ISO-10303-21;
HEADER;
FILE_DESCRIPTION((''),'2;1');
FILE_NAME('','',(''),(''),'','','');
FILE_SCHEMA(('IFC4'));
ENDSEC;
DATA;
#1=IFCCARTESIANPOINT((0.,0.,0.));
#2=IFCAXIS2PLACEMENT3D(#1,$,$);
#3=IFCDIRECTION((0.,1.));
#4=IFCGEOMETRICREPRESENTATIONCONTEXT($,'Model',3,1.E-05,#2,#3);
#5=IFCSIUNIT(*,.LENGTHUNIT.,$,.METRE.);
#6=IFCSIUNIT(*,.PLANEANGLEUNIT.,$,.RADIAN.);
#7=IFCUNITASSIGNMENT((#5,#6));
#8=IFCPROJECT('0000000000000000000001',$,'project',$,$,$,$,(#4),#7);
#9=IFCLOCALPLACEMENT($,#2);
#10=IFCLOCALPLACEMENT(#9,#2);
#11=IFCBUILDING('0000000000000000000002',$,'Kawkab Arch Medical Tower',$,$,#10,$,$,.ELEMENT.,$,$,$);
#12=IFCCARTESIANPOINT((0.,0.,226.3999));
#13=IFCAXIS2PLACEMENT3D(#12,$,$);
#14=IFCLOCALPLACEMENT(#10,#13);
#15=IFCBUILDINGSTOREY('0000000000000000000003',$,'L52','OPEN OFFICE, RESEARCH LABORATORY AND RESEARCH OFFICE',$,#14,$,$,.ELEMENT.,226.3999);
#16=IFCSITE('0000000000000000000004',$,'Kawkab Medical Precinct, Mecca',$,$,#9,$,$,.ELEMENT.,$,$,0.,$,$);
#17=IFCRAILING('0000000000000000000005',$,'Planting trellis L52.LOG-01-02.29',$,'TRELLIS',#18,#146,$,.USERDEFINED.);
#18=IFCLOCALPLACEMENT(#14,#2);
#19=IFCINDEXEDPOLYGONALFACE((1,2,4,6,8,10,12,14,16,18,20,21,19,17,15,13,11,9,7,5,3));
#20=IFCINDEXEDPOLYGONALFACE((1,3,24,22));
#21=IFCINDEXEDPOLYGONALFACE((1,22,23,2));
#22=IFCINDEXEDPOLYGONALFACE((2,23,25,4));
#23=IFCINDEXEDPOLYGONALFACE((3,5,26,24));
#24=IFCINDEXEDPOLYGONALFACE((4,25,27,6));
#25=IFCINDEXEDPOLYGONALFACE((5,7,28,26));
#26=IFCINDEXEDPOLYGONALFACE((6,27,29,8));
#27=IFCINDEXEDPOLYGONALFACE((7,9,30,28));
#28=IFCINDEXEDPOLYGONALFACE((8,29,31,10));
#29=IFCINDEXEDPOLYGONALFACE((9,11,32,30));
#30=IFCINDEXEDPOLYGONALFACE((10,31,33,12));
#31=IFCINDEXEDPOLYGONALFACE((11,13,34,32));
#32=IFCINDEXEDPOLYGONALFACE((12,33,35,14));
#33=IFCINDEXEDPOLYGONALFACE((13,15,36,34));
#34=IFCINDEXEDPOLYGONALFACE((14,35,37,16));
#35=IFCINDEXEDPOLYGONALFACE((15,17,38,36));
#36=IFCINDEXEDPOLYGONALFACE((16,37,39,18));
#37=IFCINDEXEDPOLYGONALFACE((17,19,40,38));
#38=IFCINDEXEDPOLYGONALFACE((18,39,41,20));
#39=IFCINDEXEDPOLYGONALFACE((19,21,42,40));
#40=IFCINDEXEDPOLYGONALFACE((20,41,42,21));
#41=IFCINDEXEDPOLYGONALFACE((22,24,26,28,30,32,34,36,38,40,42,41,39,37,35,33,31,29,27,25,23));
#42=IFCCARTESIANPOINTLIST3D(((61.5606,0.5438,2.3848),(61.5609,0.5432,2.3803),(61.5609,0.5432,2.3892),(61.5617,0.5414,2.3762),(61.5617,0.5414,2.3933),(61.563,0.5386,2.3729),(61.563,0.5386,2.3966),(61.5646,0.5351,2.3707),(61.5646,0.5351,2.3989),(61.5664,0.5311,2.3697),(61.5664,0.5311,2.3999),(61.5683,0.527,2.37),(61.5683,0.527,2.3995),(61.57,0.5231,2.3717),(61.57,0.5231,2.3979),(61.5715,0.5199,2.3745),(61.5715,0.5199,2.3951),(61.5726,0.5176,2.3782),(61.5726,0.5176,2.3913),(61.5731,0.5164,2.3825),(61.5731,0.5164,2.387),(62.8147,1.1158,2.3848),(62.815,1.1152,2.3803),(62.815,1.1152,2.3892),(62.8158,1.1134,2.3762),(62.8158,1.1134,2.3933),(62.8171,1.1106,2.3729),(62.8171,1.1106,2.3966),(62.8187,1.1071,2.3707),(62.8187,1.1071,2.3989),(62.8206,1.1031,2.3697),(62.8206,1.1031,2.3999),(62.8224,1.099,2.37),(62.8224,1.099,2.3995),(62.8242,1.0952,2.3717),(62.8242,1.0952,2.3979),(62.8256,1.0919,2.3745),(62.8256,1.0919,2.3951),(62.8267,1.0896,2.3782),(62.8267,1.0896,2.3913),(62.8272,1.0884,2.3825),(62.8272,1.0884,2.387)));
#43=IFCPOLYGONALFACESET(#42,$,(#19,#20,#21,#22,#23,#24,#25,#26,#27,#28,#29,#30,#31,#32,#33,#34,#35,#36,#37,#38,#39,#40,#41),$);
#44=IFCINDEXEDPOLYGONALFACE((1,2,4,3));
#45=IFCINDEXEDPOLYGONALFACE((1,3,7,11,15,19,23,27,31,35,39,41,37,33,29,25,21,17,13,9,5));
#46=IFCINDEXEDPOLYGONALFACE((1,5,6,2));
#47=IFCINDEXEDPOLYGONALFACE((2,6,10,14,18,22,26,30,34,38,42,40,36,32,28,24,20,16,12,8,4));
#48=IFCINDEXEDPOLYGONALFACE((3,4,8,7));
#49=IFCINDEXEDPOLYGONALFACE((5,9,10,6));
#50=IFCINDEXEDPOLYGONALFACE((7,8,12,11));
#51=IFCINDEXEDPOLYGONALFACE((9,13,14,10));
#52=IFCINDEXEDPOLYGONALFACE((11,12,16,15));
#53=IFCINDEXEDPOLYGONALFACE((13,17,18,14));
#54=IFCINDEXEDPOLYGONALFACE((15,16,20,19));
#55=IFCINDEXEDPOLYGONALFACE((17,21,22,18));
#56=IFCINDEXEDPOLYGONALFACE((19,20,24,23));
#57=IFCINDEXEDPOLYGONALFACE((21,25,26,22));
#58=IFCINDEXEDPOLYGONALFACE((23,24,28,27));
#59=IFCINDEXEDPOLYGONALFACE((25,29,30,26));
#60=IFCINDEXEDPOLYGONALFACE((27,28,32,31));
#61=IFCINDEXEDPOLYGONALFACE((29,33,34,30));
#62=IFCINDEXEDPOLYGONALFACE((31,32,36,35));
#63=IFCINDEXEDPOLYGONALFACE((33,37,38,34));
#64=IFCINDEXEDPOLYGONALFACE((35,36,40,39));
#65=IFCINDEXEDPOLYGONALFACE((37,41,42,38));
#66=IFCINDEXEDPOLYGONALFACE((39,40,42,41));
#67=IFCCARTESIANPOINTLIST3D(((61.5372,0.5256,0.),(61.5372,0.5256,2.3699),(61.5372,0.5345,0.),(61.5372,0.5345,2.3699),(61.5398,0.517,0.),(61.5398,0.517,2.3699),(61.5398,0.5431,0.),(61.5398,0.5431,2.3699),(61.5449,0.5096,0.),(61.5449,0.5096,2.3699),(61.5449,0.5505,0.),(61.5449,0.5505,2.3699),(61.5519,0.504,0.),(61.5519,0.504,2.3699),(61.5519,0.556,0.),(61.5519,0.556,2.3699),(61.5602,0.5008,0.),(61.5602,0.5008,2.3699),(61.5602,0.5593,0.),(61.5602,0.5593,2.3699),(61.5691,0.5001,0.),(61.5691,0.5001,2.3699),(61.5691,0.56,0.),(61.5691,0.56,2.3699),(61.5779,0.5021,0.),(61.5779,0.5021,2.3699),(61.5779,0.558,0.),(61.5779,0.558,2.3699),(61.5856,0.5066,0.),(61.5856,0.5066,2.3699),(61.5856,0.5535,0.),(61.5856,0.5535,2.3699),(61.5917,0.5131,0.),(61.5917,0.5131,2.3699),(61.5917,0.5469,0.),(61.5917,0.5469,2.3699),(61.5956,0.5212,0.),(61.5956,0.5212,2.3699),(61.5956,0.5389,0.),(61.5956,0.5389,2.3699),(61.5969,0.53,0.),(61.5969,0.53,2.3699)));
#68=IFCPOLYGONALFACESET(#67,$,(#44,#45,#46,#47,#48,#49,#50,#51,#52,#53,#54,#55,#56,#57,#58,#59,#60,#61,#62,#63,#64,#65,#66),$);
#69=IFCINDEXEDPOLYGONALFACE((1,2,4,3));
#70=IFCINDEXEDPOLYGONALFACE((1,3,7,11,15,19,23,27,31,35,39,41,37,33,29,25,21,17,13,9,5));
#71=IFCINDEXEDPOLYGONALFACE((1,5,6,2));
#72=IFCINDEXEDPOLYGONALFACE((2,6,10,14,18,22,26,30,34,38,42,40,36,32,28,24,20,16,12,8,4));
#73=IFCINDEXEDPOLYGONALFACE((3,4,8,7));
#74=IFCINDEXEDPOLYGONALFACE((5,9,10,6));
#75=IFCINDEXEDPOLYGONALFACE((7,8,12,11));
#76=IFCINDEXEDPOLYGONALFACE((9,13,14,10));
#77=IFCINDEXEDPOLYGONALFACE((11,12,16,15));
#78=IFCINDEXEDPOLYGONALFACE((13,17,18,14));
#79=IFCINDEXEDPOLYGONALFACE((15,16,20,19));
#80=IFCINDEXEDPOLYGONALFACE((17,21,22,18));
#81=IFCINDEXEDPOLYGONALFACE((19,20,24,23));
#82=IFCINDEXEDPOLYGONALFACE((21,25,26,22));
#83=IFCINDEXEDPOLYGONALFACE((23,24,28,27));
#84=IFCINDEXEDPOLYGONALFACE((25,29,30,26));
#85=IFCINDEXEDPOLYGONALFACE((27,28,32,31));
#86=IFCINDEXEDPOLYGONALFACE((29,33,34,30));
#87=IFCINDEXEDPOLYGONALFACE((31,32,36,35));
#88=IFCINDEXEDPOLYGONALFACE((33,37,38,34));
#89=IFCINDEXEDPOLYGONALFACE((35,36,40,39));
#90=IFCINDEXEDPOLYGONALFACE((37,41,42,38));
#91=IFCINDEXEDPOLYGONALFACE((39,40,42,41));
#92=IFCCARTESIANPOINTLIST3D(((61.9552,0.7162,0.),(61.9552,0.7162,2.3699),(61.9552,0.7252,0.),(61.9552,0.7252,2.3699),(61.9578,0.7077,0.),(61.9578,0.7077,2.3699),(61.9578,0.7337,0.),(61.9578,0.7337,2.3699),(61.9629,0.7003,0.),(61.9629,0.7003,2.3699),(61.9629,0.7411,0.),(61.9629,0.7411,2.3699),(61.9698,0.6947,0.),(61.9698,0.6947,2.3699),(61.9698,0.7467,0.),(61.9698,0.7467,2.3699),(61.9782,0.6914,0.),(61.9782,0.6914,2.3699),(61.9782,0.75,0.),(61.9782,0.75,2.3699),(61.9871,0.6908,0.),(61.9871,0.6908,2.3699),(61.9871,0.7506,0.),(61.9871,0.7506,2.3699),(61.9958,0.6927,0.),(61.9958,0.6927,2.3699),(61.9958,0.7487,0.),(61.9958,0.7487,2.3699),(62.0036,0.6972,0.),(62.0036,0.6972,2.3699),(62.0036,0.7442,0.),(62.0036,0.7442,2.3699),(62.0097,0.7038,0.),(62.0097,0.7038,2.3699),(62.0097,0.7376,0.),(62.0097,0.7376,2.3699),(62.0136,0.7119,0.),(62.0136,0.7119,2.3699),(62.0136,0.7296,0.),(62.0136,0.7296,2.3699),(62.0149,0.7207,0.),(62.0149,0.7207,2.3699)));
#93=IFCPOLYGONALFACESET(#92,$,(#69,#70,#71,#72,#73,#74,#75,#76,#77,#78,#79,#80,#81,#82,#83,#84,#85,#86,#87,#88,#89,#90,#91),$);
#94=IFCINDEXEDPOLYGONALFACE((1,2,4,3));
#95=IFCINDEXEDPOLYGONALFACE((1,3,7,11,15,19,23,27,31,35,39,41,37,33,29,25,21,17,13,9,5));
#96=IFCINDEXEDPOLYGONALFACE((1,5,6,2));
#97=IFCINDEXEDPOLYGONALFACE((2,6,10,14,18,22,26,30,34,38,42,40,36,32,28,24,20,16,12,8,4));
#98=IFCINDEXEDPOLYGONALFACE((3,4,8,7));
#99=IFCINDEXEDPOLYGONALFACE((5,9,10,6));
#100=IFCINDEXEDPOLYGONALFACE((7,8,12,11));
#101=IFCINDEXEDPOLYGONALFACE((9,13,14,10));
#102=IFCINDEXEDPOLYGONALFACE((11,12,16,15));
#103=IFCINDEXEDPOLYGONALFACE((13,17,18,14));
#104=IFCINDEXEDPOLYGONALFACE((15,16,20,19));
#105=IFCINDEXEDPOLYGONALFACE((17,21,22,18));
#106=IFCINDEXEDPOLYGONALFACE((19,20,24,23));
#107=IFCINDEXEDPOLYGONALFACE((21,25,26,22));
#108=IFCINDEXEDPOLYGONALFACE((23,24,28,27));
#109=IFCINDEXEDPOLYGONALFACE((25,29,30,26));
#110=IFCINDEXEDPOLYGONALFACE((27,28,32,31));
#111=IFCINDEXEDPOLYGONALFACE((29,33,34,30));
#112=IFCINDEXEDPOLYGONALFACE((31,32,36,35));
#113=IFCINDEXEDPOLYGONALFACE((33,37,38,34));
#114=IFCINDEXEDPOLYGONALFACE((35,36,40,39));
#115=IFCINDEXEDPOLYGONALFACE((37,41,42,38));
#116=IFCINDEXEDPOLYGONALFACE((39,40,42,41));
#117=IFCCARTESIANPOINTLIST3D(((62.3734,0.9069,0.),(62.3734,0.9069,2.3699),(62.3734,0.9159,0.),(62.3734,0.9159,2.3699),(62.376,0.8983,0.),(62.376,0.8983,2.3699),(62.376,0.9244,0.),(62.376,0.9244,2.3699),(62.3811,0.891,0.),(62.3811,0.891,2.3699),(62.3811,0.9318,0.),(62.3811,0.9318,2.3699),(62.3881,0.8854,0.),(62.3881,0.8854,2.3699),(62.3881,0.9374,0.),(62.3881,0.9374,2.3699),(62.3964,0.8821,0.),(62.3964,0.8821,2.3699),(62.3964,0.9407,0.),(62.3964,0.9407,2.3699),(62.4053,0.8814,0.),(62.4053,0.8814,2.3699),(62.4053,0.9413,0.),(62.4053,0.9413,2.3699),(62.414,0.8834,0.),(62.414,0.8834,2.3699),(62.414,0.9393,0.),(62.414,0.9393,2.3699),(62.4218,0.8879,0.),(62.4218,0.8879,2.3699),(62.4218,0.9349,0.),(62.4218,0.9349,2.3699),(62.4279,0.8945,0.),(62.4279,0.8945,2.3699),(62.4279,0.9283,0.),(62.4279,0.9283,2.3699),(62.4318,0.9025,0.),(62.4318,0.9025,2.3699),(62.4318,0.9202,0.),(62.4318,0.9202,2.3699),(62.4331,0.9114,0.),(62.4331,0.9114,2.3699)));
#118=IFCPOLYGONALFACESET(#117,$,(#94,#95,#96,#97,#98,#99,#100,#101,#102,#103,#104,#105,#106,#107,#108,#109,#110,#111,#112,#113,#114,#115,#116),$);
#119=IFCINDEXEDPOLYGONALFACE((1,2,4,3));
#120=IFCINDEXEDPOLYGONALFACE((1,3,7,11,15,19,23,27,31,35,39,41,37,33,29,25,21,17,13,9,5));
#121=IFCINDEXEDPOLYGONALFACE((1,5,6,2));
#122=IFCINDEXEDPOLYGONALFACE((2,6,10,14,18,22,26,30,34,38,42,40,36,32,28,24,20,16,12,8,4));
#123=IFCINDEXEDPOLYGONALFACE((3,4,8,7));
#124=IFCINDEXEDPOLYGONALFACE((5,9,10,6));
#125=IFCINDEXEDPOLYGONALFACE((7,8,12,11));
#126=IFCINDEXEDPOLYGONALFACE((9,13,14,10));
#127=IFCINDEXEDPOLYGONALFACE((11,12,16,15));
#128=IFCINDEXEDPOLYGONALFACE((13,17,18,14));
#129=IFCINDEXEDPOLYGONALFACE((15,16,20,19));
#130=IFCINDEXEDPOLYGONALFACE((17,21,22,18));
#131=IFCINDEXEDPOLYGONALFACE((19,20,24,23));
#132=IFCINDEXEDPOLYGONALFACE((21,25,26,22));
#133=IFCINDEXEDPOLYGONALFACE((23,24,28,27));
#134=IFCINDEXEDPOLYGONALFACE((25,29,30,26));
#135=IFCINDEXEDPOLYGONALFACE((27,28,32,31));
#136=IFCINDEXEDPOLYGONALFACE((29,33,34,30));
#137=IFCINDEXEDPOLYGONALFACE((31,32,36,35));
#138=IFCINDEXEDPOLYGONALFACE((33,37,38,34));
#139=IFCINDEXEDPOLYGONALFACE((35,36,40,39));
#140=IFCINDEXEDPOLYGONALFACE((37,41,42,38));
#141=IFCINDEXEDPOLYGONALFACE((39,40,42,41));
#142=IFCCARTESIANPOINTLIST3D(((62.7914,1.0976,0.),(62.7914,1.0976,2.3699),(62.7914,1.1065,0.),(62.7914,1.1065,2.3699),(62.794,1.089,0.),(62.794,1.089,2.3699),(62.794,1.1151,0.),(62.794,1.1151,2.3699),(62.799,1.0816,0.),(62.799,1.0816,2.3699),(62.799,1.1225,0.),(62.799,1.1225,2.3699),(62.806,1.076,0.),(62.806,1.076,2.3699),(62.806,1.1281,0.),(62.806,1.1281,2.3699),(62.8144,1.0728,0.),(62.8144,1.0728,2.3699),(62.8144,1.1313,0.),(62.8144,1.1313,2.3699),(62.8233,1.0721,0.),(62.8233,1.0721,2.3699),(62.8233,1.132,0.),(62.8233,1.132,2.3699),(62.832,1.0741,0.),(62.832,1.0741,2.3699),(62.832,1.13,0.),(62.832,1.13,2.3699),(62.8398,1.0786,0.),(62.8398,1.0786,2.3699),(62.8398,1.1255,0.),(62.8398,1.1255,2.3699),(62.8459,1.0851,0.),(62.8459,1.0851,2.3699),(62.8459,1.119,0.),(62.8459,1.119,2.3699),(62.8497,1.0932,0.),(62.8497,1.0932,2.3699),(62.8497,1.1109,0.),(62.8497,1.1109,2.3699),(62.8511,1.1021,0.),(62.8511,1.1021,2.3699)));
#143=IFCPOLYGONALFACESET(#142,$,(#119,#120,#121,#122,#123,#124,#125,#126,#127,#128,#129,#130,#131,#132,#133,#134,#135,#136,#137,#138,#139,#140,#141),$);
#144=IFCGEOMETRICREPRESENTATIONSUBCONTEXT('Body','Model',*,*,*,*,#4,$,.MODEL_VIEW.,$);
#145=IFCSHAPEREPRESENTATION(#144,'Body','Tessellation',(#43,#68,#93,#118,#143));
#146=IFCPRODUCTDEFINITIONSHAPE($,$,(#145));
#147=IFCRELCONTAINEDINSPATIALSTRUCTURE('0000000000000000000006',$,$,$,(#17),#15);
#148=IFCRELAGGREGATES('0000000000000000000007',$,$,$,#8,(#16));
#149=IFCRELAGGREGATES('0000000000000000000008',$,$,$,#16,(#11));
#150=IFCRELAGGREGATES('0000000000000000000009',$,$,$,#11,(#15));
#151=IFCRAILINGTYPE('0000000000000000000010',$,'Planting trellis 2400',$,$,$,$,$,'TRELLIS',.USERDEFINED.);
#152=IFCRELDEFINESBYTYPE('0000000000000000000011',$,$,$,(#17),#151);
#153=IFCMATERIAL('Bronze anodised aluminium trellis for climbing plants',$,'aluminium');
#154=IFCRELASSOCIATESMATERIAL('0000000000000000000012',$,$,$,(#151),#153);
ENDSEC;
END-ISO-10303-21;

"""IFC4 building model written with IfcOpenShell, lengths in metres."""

from ifc_helpers import new_model, si_unit, direction, frame, origin, origin_2d, place, context, subcontext, project, spatial, circle, extrude, material, type_object, element, save


model = new_model("IFC4")

# Units and contexts
model_context = context("Model", 3, precision=1e-05, world=origin(), true_north=direction((0.0, 1.0)))
body_context = subcontext(model_context, "Body", "Model", "MODEL_VIEW")
ifc_project = project(units=[si_unit("LENGTHUNIT", "METRE"), si_unit("PLANEANGLEUNIT", "RADIAN")], contexts=[model_context])

# Site, building, storey
site_placement = place(None, origin())
site = spatial("IfcSite", under=ifc_project, at=site_placement, Name="Kawkab Medical Precinct, Mecca", CompositionType="ELEMENT", RefElevation=0.0)
building_placement = place(site_placement, origin())
building = spatial("IfcBuilding", under=site, at=building_placement, Name="Kawkab Arch Medical Tower", CompositionType="ELEMENT")
storey_placement = place(building_placement, frame((0.0, 0.0, 226.3999)))
storey = spatial("IfcBuildingStorey", under=building, at=storey_placement, Name="L52", Description="OPEN OFFICE, RESEARCH LABORATORY AND RESEARCH OFFICE", CompositionType="ELEMENT", Elevation=226.3999)

# Railing
ifc_material_1 = material(Name="Bronze anodised aluminium trellis for climbing plants", Category="aluminium")
railing_type = type_object("IfcRailingType", Name="Planting trellis 2400", ElementType="TRELLIS", PredefinedType="USERDEFINED", material=ifc_material_1)
railing_1_placement = place(storey_placement, frame((61.5669, 0.53, 0.0)))
element("IfcRailing", 1, at=railing_1_placement, inside=storey, type_object=railing_type, Name="Planting trellis L52.LOG-01-02.29", ObjectType="TRELLIS", PredefinedType="USERDEFINED", context=body_context, shape_type="SweptSolid", body=[
    extrude(circle(Radius=0.0151, at=origin_2d()), frame((0.0, 0.0, 2.3848), z_axis=(0.909832, 0.414977, 0.0), x_axis=(-0.414977, 0.909832, 0.0)), (0.0, 0.0, 1.0), 1.3784),
    extrude(circle(Radius=0.03, at=origin_2d()), origin(), (0.0, 0.0, 1.0), 2.3699),
    extrude(circle(Radius=0.03, at=origin_2d()), frame((0.418, 0.1907, 0.0)), (0.0, 0.0, 1.0), 2.3699),
    extrude(circle(Radius=0.03, at=origin_2d()), frame((0.8362, 0.3813, 0.0)), (0.0, 0.0, 1.0), 2.3699),
    extrude(circle(Radius=0.03, at=origin_2d()), frame((1.2542, 0.572, 0.0)), (0.0, 0.0, 1.0), 2.3699),
])

save(model, "model.ifc")
